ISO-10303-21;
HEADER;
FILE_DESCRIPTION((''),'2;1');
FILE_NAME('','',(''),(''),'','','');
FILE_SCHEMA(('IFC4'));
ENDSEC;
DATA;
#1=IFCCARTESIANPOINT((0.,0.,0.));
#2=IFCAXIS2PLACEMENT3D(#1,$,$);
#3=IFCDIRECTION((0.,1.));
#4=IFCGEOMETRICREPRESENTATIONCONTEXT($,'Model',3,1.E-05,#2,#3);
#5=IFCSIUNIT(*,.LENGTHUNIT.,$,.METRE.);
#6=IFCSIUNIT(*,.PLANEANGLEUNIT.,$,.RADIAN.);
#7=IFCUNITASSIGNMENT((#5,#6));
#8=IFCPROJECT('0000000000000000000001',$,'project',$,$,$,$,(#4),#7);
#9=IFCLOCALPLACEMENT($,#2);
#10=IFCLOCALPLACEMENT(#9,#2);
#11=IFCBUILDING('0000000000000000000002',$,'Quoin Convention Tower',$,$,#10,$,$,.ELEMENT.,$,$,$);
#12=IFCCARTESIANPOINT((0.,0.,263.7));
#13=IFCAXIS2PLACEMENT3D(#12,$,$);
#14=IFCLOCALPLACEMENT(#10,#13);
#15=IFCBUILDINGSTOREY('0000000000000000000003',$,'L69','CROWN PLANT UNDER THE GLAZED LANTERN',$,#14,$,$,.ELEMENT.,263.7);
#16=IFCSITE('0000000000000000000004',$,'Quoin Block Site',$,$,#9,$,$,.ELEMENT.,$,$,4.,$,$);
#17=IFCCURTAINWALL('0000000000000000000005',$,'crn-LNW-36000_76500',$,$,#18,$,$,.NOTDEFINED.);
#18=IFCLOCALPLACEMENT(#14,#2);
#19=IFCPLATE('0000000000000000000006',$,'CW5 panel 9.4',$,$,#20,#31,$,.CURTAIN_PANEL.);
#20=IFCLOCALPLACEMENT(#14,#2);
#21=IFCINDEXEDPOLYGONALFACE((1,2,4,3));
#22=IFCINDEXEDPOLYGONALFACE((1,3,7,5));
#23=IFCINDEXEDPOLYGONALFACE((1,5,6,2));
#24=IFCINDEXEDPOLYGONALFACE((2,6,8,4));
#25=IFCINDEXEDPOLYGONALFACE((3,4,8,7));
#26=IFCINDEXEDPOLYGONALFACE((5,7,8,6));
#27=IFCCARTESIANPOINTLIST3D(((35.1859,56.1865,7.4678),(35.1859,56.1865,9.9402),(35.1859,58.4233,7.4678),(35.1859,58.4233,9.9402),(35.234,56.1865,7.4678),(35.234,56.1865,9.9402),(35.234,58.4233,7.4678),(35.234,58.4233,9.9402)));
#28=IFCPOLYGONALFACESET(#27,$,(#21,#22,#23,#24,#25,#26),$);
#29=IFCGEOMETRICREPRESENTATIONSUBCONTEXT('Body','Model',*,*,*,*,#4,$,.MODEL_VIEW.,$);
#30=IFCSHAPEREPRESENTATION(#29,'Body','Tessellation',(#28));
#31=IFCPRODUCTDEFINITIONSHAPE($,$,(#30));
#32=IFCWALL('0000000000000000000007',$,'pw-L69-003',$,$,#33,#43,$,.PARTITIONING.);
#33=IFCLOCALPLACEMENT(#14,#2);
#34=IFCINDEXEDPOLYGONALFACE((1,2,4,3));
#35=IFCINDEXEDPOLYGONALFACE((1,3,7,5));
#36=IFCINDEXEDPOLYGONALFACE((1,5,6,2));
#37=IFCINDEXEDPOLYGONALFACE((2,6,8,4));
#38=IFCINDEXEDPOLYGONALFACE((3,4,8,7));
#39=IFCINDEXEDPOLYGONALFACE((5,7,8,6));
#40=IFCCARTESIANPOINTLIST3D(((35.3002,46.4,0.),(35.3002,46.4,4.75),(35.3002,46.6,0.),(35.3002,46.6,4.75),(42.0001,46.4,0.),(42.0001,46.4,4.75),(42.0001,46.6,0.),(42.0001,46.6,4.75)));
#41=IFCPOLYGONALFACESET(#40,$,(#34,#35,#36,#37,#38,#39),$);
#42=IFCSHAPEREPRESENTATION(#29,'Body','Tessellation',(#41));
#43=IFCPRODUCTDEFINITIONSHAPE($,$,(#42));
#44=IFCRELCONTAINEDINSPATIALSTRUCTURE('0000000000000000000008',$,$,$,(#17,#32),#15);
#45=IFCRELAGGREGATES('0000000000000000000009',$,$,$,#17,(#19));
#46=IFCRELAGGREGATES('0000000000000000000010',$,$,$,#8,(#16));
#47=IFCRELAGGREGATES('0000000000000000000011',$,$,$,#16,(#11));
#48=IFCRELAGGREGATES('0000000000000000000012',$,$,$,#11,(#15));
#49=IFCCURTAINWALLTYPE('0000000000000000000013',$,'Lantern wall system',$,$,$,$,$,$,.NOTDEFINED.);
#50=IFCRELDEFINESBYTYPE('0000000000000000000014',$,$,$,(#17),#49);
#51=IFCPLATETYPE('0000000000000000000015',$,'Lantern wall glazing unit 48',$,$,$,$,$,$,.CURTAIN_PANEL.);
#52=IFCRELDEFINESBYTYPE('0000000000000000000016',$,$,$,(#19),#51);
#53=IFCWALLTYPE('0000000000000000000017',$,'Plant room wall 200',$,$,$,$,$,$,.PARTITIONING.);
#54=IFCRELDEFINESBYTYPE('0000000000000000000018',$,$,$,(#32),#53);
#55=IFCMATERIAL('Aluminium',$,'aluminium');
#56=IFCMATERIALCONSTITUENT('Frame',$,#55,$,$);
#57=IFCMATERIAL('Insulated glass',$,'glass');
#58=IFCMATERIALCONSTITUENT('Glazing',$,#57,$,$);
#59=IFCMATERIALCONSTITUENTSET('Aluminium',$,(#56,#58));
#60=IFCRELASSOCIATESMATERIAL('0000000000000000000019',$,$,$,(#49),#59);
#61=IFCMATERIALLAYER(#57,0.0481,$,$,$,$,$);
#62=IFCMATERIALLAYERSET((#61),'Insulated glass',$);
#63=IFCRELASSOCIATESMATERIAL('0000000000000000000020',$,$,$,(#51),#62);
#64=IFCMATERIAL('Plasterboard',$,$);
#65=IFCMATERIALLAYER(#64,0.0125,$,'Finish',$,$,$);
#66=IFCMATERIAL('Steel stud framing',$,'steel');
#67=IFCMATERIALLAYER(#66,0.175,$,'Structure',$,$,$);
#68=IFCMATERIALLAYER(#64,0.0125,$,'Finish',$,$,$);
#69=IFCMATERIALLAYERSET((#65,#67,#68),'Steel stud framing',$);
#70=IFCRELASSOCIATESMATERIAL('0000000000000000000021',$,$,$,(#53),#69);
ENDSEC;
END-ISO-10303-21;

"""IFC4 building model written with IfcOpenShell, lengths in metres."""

from ifc_helpers import new_model, si_unit, direction, frame, frame_2d, origin, origin_2d, place, context, subcontext, project, spatial, rectangle, extrude, material, layer, layer_set, constituent, constituent_set, type_object, element, aggregate, save


model = new_model("IFC4")

# Units and contexts
model_context = context("Model", 3, precision=1e-05, world=origin(), true_north=direction((0.0, 1.0)))
body_context = subcontext(model_context, "Body", "Model", "MODEL_VIEW")
ifc_project = project(units=[si_unit("LENGTHUNIT", "METRE"), si_unit("PLANEANGLEUNIT", "RADIAN")], contexts=[model_context])

# Site, building, storey
site_placement = place(None, origin())
site = spatial("IfcSite", under=ifc_project, at=site_placement, Name="Quoin Block Site", CompositionType="ELEMENT", RefElevation=4.0)
building_placement = place(site_placement, origin())
building = spatial("IfcBuilding", under=site, at=building_placement, Name="Quoin Convention Tower", CompositionType="ELEMENT")
storey_placement = place(building_placement, frame((0.0, 0.0, 263.7)))
storey = spatial("IfcBuildingStorey", under=building, at=storey_placement, Name="L69", Description="CROWN PLANT UNDER THE GLAZED LANTERN", CompositionType="ELEMENT", Elevation=263.7)

# Curtain wall
ifc_material_1 = material(Name="Aluminium", Category="aluminium")
ifc_constituent_1 = constituent(ifc_material_1, Name="Frame")
ifc_material_2 = material(Name="Insulated glass", Category="glass")
ifc_constituent_2 = constituent(ifc_material_2, Name="Glazing")
ifc_constituent_set = constituent_set(constituents=[ifc_constituent_1, ifc_constituent_2], Name="Aluminium")
curtain_wall_type = type_object("IfcCurtainWallType", Name="Lantern wall system", PredefinedType="NOTDEFINED", material=ifc_constituent_set)
curtain_wall_1_placement = place(storey_placement, origin())
curtain_wall_1 = element("IfcCurtainWall", 1, at=curtain_wall_1_placement, inside=storey, type_object=curtain_wall_type, Name="crn-LNW-36000_76500", PredefinedType="NOTDEFINED")

# Plate
ifc_layer_1 = layer(ifc_material_2, 0.0481)
ifc_layer_set_1 = layer_set([ifc_layer_1], Name="Insulated glass")
plate_type = type_object("IfcPlateType", Name="Lantern wall glazing unit 48", PredefinedType="CURTAIN_PANEL", material=ifc_layer_set_1)
plate_1_placement = place(storey_placement, frame((35.21, 57.3049, 7.4678), z_axis=(0.0, 0.0, 1.0), x_axis=(0.0, -1.0, 0.0)))
plate_1 = element("IfcPlate", 2, at=plate_1_placement, type_object=plate_type, Name="CW5 panel 9.4", PredefinedType="CURTAIN_PANEL", context=body_context, shape_type="SweptSolid", body=[
    extrude(rectangle(XDim=2.2368, YDim=0.0481, at=origin_2d()), origin(), (0.0, 0.0, 1.0), 2.4724),
])
aggregate(curtain_wall_1, [plate_1])

# Wall
ifc_material_3 = material(Name="Plasterboard")
ifc_layer_2 = layer(ifc_material_3, 0.0125, Name="Finish")
ifc_material_4 = material(Name="Steel stud framing", Category="steel")
ifc_layer_3 = layer(ifc_material_4, 0.175, Name="Structure")
ifc_layer_4 = layer(ifc_material_3, 0.0125, Name="Finish")
ifc_layer_set_2 = layer_set([ifc_layer_2, ifc_layer_3, ifc_layer_4], Name="Steel stud framing")
wall_type = type_object("IfcWallType", Name="Plant room wall 200", PredefinedType="PARTITIONING", material=ifc_layer_set_2)
wall_placement = place(storey_placement, frame((35.3, 46.5, 0.0), z_axis=(0.0, 0.0, 1.0), x_axis=(1.0, 0.0, 0.0)))
element("IfcWall", 3, at=wall_placement, inside=storey, type_object=wall_type, Name="pw-L69-003", PredefinedType="PARTITIONING", context=body_context, shape_type="SweptSolid", body=[
    extrude(rectangle(XDim=6.7, YDim=0.2, at=frame_2d((3.3501, 0.0))), origin(), (0.0, 0.0, 1.0), 4.75),
])

save(model, "model.ifc")
